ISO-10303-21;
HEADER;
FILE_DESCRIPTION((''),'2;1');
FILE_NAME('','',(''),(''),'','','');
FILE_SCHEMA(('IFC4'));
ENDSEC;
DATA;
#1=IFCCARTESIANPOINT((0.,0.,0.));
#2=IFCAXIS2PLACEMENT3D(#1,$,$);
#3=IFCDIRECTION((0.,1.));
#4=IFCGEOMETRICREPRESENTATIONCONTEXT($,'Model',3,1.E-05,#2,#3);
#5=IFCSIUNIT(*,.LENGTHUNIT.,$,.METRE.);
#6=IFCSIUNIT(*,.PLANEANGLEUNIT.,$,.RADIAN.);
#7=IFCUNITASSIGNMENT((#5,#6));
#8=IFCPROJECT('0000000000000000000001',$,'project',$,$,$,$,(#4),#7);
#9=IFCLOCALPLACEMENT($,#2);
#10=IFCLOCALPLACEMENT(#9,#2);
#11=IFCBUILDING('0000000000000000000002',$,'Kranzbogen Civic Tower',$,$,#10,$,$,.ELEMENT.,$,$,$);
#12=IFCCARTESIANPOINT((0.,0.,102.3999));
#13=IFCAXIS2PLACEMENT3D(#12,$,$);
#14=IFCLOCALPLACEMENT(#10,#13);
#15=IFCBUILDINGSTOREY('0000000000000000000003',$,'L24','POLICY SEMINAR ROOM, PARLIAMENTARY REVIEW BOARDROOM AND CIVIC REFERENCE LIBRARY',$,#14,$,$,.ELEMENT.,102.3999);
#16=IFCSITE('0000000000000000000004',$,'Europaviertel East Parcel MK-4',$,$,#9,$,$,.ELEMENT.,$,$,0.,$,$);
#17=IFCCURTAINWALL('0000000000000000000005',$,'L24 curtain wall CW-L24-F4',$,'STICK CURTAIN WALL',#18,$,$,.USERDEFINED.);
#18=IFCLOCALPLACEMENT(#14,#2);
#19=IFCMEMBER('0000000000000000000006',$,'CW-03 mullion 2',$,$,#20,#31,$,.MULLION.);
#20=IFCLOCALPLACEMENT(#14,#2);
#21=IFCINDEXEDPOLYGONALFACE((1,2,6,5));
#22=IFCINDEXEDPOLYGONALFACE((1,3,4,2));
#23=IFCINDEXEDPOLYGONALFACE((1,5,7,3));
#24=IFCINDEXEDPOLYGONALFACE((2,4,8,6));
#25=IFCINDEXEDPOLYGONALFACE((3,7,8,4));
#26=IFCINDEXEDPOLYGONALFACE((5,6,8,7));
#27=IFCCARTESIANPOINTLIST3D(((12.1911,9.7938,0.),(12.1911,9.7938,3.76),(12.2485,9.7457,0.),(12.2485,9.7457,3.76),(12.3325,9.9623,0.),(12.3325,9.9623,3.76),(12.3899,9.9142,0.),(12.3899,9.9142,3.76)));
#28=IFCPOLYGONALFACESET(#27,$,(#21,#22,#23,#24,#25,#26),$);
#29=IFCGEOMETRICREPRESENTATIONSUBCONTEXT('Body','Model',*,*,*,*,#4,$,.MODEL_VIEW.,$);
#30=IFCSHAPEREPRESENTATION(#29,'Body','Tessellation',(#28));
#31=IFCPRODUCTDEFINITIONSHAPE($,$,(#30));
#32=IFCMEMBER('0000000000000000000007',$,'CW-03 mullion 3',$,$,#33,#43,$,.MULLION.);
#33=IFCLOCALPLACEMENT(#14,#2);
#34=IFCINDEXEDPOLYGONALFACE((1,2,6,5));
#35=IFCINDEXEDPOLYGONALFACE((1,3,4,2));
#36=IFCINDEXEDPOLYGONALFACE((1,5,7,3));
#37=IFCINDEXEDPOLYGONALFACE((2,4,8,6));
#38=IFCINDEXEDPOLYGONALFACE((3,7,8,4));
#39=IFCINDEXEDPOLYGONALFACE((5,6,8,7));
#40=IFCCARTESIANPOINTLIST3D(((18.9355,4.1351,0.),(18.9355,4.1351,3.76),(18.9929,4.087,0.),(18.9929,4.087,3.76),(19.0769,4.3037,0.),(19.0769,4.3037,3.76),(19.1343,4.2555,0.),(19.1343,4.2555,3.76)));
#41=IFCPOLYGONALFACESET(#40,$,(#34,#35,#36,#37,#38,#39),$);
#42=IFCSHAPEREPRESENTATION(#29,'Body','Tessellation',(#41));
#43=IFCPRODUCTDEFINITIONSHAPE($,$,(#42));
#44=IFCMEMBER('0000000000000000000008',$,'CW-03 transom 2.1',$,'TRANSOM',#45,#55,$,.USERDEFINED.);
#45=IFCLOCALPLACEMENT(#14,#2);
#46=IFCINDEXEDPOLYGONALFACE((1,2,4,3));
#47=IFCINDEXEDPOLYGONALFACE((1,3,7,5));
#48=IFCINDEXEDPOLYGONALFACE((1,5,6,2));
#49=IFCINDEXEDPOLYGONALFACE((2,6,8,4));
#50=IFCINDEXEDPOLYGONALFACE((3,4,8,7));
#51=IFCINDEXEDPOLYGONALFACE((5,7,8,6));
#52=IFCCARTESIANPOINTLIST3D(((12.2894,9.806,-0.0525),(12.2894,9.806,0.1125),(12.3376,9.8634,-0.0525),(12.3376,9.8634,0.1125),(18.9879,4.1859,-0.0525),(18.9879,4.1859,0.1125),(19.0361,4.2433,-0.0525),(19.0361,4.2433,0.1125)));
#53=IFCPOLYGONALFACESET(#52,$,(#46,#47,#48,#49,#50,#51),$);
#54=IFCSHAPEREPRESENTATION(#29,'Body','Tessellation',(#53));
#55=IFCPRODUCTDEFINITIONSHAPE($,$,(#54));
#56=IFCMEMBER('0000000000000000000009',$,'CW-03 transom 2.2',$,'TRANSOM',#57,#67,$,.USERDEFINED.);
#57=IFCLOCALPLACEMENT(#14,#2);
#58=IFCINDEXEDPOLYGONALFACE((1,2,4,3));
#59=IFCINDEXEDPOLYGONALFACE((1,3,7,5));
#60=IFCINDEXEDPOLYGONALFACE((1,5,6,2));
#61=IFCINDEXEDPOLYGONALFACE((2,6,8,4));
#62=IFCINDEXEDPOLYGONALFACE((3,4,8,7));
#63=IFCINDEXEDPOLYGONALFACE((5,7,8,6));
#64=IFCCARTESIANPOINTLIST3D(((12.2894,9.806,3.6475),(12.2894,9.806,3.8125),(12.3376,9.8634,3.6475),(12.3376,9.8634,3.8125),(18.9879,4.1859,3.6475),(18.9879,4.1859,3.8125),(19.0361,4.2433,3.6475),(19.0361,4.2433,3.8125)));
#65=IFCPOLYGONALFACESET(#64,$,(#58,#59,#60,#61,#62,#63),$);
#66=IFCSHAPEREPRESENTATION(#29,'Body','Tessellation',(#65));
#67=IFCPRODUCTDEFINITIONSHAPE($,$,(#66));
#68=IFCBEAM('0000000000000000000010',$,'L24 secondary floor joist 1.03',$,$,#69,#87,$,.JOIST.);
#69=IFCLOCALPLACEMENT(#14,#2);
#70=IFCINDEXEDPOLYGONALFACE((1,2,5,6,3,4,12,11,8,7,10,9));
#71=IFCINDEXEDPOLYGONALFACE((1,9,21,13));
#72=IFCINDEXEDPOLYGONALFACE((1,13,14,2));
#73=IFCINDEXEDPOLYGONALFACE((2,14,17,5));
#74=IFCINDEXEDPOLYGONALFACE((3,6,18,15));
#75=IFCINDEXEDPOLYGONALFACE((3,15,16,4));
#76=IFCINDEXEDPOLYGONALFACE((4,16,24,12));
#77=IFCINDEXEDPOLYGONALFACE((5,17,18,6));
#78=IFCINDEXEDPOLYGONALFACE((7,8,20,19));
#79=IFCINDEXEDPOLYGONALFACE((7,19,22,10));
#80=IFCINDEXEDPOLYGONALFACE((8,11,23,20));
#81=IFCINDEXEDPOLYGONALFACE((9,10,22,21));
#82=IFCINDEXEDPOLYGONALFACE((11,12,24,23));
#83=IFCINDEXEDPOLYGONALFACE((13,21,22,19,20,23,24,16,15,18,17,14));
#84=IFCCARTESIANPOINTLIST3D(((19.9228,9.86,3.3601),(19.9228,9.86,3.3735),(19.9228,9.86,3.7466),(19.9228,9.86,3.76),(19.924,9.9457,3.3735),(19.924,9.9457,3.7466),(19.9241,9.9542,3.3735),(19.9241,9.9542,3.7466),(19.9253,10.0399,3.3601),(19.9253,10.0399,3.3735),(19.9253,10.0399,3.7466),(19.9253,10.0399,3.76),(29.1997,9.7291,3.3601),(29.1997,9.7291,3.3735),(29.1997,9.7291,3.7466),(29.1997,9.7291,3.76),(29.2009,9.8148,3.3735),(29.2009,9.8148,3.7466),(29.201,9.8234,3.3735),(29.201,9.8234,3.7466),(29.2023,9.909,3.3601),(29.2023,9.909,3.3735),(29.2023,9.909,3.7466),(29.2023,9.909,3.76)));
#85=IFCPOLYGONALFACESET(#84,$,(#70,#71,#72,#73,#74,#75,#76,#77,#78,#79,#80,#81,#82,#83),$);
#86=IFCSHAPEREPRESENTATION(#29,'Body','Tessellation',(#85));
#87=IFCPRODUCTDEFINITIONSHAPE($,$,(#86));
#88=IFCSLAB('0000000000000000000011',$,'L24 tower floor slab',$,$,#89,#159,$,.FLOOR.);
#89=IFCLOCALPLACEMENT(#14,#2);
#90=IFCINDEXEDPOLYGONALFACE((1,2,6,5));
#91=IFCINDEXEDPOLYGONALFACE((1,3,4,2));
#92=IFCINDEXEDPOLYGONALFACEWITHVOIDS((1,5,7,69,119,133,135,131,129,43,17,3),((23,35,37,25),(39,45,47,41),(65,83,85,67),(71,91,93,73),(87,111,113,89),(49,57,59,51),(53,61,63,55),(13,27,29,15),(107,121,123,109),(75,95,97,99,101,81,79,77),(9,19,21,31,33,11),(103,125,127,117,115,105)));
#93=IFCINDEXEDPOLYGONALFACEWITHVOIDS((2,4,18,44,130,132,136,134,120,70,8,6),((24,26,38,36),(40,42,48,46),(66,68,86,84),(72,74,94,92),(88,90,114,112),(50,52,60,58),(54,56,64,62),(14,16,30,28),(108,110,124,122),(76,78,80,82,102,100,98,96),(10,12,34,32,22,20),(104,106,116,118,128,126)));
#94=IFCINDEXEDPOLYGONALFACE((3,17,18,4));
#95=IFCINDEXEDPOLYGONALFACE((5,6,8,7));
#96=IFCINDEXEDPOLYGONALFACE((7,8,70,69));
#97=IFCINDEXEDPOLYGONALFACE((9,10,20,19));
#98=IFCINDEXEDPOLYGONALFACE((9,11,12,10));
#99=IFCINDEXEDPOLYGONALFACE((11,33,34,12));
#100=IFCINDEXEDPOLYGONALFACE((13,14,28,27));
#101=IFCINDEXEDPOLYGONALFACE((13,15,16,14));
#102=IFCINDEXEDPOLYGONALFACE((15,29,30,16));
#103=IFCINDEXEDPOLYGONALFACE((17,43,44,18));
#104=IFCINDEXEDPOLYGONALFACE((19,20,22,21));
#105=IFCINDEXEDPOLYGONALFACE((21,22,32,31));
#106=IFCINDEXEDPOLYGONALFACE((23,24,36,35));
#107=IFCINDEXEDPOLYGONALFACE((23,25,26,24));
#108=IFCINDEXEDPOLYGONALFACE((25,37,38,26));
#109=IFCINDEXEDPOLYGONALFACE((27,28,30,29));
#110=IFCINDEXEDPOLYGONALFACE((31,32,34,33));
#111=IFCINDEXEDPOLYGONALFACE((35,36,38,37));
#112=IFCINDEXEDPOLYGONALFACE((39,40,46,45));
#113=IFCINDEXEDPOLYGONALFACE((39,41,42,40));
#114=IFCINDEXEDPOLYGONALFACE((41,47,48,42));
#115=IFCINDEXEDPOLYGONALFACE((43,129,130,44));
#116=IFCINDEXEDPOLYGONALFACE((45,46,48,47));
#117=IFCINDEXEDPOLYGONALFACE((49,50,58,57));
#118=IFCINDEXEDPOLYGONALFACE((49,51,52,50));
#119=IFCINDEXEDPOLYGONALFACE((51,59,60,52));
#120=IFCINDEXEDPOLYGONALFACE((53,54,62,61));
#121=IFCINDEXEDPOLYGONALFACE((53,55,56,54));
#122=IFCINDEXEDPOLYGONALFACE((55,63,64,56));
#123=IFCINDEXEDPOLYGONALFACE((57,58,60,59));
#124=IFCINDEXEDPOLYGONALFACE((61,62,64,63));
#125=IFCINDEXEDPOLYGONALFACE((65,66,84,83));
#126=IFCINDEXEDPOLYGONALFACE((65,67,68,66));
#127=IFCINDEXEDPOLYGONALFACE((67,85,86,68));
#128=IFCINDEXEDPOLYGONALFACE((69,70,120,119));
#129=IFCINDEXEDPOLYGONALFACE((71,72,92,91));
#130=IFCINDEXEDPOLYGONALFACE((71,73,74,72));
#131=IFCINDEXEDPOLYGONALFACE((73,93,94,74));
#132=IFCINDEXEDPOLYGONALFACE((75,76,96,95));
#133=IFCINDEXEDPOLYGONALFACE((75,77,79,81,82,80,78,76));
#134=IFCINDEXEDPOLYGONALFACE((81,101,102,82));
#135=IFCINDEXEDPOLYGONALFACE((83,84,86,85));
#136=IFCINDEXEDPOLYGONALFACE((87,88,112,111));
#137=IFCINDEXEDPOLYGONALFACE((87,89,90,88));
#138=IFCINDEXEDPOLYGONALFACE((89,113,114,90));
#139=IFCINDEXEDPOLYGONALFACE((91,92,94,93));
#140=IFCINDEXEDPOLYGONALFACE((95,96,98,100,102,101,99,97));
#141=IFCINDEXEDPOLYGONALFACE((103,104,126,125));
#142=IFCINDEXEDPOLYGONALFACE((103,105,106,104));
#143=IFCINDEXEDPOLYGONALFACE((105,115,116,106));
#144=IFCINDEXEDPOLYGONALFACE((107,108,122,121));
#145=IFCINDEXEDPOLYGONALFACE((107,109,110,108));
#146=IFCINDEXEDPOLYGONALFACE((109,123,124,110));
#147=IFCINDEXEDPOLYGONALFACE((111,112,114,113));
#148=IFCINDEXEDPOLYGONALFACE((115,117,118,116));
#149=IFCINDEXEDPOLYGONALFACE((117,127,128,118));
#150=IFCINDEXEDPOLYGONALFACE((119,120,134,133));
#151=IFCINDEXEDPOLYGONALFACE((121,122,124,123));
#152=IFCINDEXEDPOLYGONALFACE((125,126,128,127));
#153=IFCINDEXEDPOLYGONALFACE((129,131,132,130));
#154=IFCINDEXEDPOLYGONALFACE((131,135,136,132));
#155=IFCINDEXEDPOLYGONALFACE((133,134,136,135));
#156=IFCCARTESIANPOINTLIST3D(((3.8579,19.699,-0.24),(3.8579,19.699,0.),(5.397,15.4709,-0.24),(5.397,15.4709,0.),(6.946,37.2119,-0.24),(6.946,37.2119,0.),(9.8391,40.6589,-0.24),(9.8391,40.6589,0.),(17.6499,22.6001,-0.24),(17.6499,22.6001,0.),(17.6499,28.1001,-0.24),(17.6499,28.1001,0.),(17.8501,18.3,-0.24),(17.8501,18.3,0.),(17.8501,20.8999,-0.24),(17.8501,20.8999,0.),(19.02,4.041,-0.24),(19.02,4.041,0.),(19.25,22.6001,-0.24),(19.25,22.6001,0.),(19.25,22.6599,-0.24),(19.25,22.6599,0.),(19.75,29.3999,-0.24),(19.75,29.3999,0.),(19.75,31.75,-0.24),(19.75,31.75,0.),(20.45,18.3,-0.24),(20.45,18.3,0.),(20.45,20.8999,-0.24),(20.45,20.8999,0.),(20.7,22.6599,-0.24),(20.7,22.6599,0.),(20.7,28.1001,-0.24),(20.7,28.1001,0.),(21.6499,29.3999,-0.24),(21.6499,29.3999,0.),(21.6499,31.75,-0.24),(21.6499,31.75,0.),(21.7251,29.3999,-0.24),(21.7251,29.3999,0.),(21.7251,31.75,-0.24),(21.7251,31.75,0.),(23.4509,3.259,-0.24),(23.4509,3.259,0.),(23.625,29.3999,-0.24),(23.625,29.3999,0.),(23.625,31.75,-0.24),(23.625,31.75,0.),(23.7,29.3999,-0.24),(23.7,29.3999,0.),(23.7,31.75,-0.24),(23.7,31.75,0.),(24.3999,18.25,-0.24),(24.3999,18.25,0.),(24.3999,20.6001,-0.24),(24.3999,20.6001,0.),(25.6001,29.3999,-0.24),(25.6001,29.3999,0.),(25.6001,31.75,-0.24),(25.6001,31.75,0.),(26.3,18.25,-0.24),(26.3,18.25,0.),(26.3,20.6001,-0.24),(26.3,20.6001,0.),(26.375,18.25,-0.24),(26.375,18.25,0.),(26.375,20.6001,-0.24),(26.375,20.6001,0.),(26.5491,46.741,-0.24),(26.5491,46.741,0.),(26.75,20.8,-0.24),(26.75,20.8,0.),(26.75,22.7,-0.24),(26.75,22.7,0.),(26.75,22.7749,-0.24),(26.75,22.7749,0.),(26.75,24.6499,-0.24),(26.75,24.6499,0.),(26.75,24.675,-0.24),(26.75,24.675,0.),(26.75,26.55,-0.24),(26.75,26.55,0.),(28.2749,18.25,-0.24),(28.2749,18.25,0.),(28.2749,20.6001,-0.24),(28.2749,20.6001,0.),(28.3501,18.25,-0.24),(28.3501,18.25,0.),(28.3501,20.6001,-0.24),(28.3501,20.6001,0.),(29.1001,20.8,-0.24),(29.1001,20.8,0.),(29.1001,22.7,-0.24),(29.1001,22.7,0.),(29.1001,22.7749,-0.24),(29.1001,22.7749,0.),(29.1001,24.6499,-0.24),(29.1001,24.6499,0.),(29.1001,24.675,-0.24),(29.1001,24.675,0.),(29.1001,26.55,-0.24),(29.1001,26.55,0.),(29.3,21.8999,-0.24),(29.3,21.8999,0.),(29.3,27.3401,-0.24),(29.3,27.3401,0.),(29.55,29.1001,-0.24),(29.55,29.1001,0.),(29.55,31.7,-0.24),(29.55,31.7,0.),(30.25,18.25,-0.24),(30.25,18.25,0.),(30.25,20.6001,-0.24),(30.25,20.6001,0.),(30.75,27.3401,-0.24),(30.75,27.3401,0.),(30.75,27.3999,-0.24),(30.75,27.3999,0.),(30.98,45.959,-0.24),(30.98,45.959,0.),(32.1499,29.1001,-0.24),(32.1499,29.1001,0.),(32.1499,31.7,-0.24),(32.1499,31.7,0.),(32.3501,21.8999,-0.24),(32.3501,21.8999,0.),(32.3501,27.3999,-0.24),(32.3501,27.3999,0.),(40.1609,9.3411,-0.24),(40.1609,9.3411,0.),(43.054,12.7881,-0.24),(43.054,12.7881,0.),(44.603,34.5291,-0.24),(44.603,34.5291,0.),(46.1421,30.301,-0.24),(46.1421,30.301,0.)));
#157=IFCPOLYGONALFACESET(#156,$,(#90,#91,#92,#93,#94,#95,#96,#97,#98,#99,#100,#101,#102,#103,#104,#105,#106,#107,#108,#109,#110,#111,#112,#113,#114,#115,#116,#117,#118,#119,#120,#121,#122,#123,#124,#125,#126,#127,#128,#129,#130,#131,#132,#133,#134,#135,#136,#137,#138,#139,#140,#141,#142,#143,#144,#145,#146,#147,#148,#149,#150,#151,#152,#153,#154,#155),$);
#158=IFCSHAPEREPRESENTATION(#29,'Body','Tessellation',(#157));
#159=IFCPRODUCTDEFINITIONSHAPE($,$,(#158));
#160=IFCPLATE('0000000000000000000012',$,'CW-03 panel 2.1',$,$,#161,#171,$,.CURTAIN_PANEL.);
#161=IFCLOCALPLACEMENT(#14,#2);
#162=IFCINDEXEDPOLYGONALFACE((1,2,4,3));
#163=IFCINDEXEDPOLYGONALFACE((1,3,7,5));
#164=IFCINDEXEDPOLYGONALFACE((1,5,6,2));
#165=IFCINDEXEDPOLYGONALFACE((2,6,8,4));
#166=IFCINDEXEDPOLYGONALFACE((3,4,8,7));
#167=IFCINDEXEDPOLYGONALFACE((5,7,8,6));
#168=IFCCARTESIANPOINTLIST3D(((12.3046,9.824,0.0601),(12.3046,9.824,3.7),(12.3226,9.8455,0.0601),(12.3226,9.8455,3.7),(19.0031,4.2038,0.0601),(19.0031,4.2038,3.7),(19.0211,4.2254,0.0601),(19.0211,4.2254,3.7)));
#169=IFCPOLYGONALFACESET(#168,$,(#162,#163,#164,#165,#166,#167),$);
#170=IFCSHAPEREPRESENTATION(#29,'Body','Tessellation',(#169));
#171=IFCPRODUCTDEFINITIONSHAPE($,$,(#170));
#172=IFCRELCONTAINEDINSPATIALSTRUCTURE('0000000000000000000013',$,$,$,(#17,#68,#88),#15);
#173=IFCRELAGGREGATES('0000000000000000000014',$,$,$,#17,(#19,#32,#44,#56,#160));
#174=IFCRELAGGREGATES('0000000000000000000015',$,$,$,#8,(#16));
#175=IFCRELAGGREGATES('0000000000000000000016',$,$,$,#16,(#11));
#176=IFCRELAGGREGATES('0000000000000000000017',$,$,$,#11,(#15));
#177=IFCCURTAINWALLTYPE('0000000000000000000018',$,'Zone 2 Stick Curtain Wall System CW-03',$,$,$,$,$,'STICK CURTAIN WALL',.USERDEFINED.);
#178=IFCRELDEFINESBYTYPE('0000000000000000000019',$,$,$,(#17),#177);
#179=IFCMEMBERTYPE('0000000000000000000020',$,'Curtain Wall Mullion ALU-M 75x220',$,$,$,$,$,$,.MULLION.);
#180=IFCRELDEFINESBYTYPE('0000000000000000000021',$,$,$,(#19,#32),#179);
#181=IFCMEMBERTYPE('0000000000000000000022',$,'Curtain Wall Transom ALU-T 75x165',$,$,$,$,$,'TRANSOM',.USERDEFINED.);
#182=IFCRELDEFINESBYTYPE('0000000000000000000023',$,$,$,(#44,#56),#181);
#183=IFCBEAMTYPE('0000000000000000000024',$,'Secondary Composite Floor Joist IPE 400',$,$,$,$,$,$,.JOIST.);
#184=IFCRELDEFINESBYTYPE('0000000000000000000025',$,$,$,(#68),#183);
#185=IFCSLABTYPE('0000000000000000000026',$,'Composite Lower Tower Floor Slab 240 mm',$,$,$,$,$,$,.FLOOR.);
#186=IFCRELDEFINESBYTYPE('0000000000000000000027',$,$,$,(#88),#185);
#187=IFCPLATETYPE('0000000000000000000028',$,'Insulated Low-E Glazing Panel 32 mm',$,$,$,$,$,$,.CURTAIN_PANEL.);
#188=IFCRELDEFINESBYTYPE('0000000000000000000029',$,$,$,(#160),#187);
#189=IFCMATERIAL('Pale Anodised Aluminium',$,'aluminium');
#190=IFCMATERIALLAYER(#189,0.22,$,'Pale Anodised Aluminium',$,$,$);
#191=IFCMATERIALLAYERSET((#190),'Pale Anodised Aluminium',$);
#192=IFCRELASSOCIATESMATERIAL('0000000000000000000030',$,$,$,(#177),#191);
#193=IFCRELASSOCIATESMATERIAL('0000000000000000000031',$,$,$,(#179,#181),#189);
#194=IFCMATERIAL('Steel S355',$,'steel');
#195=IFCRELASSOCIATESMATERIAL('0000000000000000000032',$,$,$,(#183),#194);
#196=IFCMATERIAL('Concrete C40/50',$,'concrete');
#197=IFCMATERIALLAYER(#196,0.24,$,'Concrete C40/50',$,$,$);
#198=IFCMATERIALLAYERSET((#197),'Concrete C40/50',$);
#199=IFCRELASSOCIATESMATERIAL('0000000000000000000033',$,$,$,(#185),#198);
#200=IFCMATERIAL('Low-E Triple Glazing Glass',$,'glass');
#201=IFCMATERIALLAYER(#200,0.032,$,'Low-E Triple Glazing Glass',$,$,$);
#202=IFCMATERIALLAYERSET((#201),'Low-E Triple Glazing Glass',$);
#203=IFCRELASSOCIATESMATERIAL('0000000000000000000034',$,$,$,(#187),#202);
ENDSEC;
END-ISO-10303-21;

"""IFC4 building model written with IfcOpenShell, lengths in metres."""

from ifc_helpers import new_model, si_unit, direction, frame, origin, origin_2d, place, context, subcontext, project, spatial, polyline, rectangle, i_section, outline, extrude, material, layer, layer_set, material_profile, profile_set, type_object, element, aggregate, save


model = new_model("IFC4")

# Units and contexts
model_context = context("Model", 3, precision=1e-05, world=origin(), true_north=direction((0.0, 1.0)))
body_context = subcontext(model_context, "Body", "Model", "MODEL_VIEW")
ifc_project = project(units=[si_unit("LENGTHUNIT", "METRE"), si_unit("PLANEANGLEUNIT", "RADIAN")], contexts=[model_context])

# Site, building, storey
site_placement = place(None, origin())
site = spatial("IfcSite", under=ifc_project, at=site_placement, Name="Europaviertel East Parcel MK-4", CompositionType="ELEMENT", RefElevation=0.0)
building_placement = place(site_placement, origin())
building = spatial("IfcBuilding", under=site, at=building_placement, Name="Kranzbogen Civic Tower", CompositionType="ELEMENT")
storey_placement = place(building_placement, frame((0.0, 0.0, 102.3999)))
storey = spatial("IfcBuildingStorey", under=building, at=storey_placement, Name="L24", Description="POLICY SEMINAR ROOM, PARLIAMENTARY REVIEW BOARDROOM AND CIVIC REFERENCE LIBRARY", CompositionType="ELEMENT", Elevation=102.3999)

# Curtain wall, members
ifc_material_1 = material(Name="Pale Anodised Aluminium", Category="aluminium")
ifc_layer_1 = layer(ifc_material_1, 0.22, Name="Pale Anodised Aluminium")
ifc_layer_set_1 = layer_set([ifc_layer_1], Name="Pale Anodised Aluminium")
curtain_wall_type = type_object("IfcCurtainWallType", Name="Zone 2 Stick Curtain Wall System CW-03", ElementType="STICK CURTAIN WALL", PredefinedType="USERDEFINED", material=ifc_layer_set_1)
curtain_wall_placement = place(storey_placement, origin())
curtain_wall = element("IfcCurtainWall", 1, at=curtain_wall_placement, inside=storey, type_object=curtain_wall_type, Name="L24 curtain wall CW-L24-F4", ObjectType="STICK CURTAIN WALL", PredefinedType="USERDEFINED")
ifc_material_profile_1 = material_profile(ifc_material_1, rectangle(XDim=0.075, YDim=0.22, at=origin_2d()), Name="ALU-M 75x220")
ifc_profile_set_1 = profile_set([ifc_material_profile_1], Name="Pale Anodised Aluminium")
member_type_1 = type_object("IfcMemberType", Name="Curtain Wall Mullion ALU-M 75x220", PredefinedType="MULLION", material=ifc_profile_set_1)
member_1_placement = place(storey_placement, frame((12.2905, 9.854, 0.0), z_axis=(0.0, 0.0, 1.0), x_axis=(0.766078, -0.642747, 0.0)))
member_1 = element("IfcMember", 2, at=member_1_placement, type_object=member_type_1, Name="CW-03 mullion 2", PredefinedType="MULLION", context=body_context, shape_type="SweptSolid", body=[
    extrude(rectangle(XDim=0.075, YDim=0.22, at=origin_2d()), origin(), (0.0, 0.0, 1.0), 3.76),
])
member_2_placement = place(storey_placement, frame((19.0349, 4.1953, 0.0), z_axis=(0.0, 0.0, 1.0), x_axis=(0.766078, -0.642747, 0.0)))
member_2 = element("IfcMember", 3, at=member_2_placement, type_object=member_type_1, Name="CW-03 mullion 3", PredefinedType="MULLION", context=body_context, shape_type="SweptSolid", body=[
    extrude(rectangle(XDim=0.075, YDim=0.22, at=origin_2d()), origin(), (0.0, 0.0, 1.0), 3.76),
])
ifc_material_profile_2 = material_profile(ifc_material_1, rectangle(XDim=0.075, YDim=0.165, at=origin_2d()), Name="ALU-T 75x165")
ifc_profile_set_2 = profile_set([ifc_material_profile_2], Name="Pale Anodised Aluminium")
member_type_2 = type_object("IfcMemberType", Name="Curtain Wall Transom ALU-T 75x165", ElementType="TRANSOM", PredefinedType="USERDEFINED", material=ifc_profile_set_2)
member_3_placement = place(storey_placement, frame((12.3135, 9.8347, 0.03), z_axis=(0.766077, -0.642749, 0.0), x_axis=(0.642749, 0.766077, 0.0)))
member_3 = element("IfcMember", 4, at=member_3_placement, type_object=member_type_2, Name="CW-03 transom 2.1", ObjectType="TRANSOM", PredefinedType="USERDEFINED", context=body_context, shape_type="SweptSolid", body=[
    extrude(rectangle(XDim=0.075, YDim=0.165, at=origin_2d()), origin(), (0.0, 0.0, 1.0), 8.7439),
])
member_4_placement = place(storey_placement, frame((12.3135, 9.8347, 3.73), z_axis=(0.766077, -0.642749, 0.0), x_axis=(0.642749, 0.766077, 0.0)))
member_4 = element("IfcMember", 5, at=member_4_placement, type_object=member_type_2, Name="CW-03 transom 2.2", ObjectType="TRANSOM", PredefinedType="USERDEFINED", context=body_context, shape_type="SweptSolid", body=[
    extrude(rectangle(XDim=0.075, YDim=0.165, at=origin_2d()), origin(), (0.0, 0.0, 1.0), 8.7439),
])

# Beam
ifc_material_2 = material(Name="Steel S355", Category="steel")
ifc_material_profile_3 = material_profile(ifc_material_2, i_section(OverallWidth=0.1799, OverallDepth=0.3999, WebThickness=0.0085, FlangeThickness=0.0134, at=origin_2d()), Name="IPE 400")
ifc_profile_set_3 = profile_set([ifc_material_profile_3], Name="Steel S355")
beam_type = type_object("IfcBeamType", Name="Secondary Composite Floor Joist IPE 400", PredefinedType="JOIST", material=ifc_profile_set_3)
beam_placement = place(storey_placement, frame((19.9241, 9.95, 3.5601), z_axis=(0.999901, -0.014105, 0.0), x_axis=(0.014105, 0.999901, 0.0)))
element("IfcBeam", 6, at=beam_placement, inside=storey, type_object=beam_type, Name="L24 secondary floor joist 1.03", PredefinedType="JOIST", context=body_context, shape_type="SweptSolid", body=[
    extrude(i_section(OverallWidth=0.1799, OverallDepth=0.3999, WebThickness=0.0085, FlangeThickness=0.0134, at=origin_2d()), origin(), (0.0, 0.0, 1.0), 9.2778),
])

# Slab
ifc_material_3 = material(Name="Concrete C40/50", Category="concrete")
ifc_layer_2 = layer(ifc_material_3, 0.24, Name="Concrete C40/50")
ifc_layer_set_2 = layer_set([ifc_layer_2], Name="Concrete C40/50")
slab_type_1 = type_object("IfcSlabType", Name="Composite Lower Tower Floor Slab 240 mm", PredefinedType="FLOOR", material=ifc_layer_set_2)
slab_1_placement = place(storey_placement, frame((0.0, 0.0, -0.24)))
element("IfcSlab", 7, at=slab_1_placement, inside=storey, type_object=slab_type_1, Name="L24 tower floor slab", PredefinedType="FLOOR", context=body_context, shape_type="SweptSolid", body=[
    extrude(outline(polyline([(44.603, 34.5291), (30.98, 45.959), (26.5491, 46.741), (9.8391, 40.6589), (6.946, 37.2119), (3.8579, 19.699), (5.397, 15.4709), (19.02, 4.041), (23.4509, 3.259), (40.1609, 9.3411), (43.054, 12.7881), (46.1421, 30.301), (44.603, 34.5291)]), holes=[polyline([(26.3, 20.6001), (26.3, 18.25), (24.3999, 18.25), (24.3999, 20.6001), (26.3, 20.6001)]), polyline([(28.2749, 18.25), (26.375, 18.25), (26.375, 20.6001), (28.2749, 20.6001), (28.2749, 18.25)]), polyline([(20.45, 18.3), (17.8501, 18.3), (17.8501, 20.8999), (20.45, 20.8999), (20.45, 18.3)]), polyline([(20.7, 22.6599), (19.25, 22.6599), (19.25, 22.6001), (17.6499, 22.6001), (17.6499, 28.1001), (20.7, 28.1001), (20.7, 22.6599)]), polyline([(21.6499, 29.3999), (19.75, 29.3999), (19.75, 31.75), (21.6499, 31.75), (21.6499, 29.3999)]), polyline([(23.625, 29.3999), (21.7251, 29.3999), (21.7251, 31.75), (23.625, 31.75), (23.625, 29.3999)]), polyline([(25.6001, 31.75), (25.6001, 29.3999), (23.7, 29.3999), (23.7, 31.75), (25.6001, 31.75)]), polyline([(30.25, 18.25), (28.3501, 18.25), (28.3501, 20.6001), (30.25, 20.6001), (30.25, 18.25)]), polyline([(29.1001, 20.8), (26.75, 20.8), (26.75, 22.7), (29.1001, 22.7), (29.1001, 20.8)]), polyline([(26.75, 26.55), (29.1001, 26.55), (29.1001, 24.675), (29.1001, 24.6499), (29.1001, 22.7749), (26.75, 22.7749), (26.75, 24.6499), (26.75, 24.675), (26.75, 26.55)]), polyline([(30.75, 27.3401), (30.75, 27.3999), (32.3501, 27.3999), (32.3501, 21.8999), (29.3, 21.8999), (29.3, 27.3401), (30.75, 27.3401)]), polyline([(32.1499, 29.1001), (29.55, 29.1001), (29.55, 31.7), (32.1499, 31.7), (32.1499, 29.1001)])]), origin(), (0.0, 0.0, 1.0), 0.24),
])

# Plate
ifc_material_4 = material(Name="Low-E Triple Glazing Glass", Category="glass")
ifc_layer_3 = layer(ifc_material_4, 0.032, Name="Low-E Triple Glazing Glass")
ifc_layer_set_3 = layer_set([ifc_layer_3], Name="Low-E Triple Glazing Glass")
plate_type = type_object("IfcPlateType", Name="Insulated Low-E Glazing Panel 32 mm", PredefinedType="CURTAIN_PANEL", material=ifc_layer_set_3)
plate_placement = place(storey_placement, frame((15.6628, 7.0247, 0.0601), z_axis=(0.0, 0.0, 1.0), x_axis=(0.766078, -0.642747, 0.0)))
plate = element("IfcPlate", 8, at=plate_placement, type_object=plate_type, Name="CW-03 panel 2.1", PredefinedType="CURTAIN_PANEL", context=body_context, shape_type="SweptSolid", body=[
    extrude(rectangle(XDim=8.7439, YDim=0.0281, at=origin_2d()), origin(), (0.0, 0.0, 1.0), 3.6399),
])
aggregate(curtain_wall, [member_1, member_2, member_3, member_4, plate])

save(model, "model.ifc")
